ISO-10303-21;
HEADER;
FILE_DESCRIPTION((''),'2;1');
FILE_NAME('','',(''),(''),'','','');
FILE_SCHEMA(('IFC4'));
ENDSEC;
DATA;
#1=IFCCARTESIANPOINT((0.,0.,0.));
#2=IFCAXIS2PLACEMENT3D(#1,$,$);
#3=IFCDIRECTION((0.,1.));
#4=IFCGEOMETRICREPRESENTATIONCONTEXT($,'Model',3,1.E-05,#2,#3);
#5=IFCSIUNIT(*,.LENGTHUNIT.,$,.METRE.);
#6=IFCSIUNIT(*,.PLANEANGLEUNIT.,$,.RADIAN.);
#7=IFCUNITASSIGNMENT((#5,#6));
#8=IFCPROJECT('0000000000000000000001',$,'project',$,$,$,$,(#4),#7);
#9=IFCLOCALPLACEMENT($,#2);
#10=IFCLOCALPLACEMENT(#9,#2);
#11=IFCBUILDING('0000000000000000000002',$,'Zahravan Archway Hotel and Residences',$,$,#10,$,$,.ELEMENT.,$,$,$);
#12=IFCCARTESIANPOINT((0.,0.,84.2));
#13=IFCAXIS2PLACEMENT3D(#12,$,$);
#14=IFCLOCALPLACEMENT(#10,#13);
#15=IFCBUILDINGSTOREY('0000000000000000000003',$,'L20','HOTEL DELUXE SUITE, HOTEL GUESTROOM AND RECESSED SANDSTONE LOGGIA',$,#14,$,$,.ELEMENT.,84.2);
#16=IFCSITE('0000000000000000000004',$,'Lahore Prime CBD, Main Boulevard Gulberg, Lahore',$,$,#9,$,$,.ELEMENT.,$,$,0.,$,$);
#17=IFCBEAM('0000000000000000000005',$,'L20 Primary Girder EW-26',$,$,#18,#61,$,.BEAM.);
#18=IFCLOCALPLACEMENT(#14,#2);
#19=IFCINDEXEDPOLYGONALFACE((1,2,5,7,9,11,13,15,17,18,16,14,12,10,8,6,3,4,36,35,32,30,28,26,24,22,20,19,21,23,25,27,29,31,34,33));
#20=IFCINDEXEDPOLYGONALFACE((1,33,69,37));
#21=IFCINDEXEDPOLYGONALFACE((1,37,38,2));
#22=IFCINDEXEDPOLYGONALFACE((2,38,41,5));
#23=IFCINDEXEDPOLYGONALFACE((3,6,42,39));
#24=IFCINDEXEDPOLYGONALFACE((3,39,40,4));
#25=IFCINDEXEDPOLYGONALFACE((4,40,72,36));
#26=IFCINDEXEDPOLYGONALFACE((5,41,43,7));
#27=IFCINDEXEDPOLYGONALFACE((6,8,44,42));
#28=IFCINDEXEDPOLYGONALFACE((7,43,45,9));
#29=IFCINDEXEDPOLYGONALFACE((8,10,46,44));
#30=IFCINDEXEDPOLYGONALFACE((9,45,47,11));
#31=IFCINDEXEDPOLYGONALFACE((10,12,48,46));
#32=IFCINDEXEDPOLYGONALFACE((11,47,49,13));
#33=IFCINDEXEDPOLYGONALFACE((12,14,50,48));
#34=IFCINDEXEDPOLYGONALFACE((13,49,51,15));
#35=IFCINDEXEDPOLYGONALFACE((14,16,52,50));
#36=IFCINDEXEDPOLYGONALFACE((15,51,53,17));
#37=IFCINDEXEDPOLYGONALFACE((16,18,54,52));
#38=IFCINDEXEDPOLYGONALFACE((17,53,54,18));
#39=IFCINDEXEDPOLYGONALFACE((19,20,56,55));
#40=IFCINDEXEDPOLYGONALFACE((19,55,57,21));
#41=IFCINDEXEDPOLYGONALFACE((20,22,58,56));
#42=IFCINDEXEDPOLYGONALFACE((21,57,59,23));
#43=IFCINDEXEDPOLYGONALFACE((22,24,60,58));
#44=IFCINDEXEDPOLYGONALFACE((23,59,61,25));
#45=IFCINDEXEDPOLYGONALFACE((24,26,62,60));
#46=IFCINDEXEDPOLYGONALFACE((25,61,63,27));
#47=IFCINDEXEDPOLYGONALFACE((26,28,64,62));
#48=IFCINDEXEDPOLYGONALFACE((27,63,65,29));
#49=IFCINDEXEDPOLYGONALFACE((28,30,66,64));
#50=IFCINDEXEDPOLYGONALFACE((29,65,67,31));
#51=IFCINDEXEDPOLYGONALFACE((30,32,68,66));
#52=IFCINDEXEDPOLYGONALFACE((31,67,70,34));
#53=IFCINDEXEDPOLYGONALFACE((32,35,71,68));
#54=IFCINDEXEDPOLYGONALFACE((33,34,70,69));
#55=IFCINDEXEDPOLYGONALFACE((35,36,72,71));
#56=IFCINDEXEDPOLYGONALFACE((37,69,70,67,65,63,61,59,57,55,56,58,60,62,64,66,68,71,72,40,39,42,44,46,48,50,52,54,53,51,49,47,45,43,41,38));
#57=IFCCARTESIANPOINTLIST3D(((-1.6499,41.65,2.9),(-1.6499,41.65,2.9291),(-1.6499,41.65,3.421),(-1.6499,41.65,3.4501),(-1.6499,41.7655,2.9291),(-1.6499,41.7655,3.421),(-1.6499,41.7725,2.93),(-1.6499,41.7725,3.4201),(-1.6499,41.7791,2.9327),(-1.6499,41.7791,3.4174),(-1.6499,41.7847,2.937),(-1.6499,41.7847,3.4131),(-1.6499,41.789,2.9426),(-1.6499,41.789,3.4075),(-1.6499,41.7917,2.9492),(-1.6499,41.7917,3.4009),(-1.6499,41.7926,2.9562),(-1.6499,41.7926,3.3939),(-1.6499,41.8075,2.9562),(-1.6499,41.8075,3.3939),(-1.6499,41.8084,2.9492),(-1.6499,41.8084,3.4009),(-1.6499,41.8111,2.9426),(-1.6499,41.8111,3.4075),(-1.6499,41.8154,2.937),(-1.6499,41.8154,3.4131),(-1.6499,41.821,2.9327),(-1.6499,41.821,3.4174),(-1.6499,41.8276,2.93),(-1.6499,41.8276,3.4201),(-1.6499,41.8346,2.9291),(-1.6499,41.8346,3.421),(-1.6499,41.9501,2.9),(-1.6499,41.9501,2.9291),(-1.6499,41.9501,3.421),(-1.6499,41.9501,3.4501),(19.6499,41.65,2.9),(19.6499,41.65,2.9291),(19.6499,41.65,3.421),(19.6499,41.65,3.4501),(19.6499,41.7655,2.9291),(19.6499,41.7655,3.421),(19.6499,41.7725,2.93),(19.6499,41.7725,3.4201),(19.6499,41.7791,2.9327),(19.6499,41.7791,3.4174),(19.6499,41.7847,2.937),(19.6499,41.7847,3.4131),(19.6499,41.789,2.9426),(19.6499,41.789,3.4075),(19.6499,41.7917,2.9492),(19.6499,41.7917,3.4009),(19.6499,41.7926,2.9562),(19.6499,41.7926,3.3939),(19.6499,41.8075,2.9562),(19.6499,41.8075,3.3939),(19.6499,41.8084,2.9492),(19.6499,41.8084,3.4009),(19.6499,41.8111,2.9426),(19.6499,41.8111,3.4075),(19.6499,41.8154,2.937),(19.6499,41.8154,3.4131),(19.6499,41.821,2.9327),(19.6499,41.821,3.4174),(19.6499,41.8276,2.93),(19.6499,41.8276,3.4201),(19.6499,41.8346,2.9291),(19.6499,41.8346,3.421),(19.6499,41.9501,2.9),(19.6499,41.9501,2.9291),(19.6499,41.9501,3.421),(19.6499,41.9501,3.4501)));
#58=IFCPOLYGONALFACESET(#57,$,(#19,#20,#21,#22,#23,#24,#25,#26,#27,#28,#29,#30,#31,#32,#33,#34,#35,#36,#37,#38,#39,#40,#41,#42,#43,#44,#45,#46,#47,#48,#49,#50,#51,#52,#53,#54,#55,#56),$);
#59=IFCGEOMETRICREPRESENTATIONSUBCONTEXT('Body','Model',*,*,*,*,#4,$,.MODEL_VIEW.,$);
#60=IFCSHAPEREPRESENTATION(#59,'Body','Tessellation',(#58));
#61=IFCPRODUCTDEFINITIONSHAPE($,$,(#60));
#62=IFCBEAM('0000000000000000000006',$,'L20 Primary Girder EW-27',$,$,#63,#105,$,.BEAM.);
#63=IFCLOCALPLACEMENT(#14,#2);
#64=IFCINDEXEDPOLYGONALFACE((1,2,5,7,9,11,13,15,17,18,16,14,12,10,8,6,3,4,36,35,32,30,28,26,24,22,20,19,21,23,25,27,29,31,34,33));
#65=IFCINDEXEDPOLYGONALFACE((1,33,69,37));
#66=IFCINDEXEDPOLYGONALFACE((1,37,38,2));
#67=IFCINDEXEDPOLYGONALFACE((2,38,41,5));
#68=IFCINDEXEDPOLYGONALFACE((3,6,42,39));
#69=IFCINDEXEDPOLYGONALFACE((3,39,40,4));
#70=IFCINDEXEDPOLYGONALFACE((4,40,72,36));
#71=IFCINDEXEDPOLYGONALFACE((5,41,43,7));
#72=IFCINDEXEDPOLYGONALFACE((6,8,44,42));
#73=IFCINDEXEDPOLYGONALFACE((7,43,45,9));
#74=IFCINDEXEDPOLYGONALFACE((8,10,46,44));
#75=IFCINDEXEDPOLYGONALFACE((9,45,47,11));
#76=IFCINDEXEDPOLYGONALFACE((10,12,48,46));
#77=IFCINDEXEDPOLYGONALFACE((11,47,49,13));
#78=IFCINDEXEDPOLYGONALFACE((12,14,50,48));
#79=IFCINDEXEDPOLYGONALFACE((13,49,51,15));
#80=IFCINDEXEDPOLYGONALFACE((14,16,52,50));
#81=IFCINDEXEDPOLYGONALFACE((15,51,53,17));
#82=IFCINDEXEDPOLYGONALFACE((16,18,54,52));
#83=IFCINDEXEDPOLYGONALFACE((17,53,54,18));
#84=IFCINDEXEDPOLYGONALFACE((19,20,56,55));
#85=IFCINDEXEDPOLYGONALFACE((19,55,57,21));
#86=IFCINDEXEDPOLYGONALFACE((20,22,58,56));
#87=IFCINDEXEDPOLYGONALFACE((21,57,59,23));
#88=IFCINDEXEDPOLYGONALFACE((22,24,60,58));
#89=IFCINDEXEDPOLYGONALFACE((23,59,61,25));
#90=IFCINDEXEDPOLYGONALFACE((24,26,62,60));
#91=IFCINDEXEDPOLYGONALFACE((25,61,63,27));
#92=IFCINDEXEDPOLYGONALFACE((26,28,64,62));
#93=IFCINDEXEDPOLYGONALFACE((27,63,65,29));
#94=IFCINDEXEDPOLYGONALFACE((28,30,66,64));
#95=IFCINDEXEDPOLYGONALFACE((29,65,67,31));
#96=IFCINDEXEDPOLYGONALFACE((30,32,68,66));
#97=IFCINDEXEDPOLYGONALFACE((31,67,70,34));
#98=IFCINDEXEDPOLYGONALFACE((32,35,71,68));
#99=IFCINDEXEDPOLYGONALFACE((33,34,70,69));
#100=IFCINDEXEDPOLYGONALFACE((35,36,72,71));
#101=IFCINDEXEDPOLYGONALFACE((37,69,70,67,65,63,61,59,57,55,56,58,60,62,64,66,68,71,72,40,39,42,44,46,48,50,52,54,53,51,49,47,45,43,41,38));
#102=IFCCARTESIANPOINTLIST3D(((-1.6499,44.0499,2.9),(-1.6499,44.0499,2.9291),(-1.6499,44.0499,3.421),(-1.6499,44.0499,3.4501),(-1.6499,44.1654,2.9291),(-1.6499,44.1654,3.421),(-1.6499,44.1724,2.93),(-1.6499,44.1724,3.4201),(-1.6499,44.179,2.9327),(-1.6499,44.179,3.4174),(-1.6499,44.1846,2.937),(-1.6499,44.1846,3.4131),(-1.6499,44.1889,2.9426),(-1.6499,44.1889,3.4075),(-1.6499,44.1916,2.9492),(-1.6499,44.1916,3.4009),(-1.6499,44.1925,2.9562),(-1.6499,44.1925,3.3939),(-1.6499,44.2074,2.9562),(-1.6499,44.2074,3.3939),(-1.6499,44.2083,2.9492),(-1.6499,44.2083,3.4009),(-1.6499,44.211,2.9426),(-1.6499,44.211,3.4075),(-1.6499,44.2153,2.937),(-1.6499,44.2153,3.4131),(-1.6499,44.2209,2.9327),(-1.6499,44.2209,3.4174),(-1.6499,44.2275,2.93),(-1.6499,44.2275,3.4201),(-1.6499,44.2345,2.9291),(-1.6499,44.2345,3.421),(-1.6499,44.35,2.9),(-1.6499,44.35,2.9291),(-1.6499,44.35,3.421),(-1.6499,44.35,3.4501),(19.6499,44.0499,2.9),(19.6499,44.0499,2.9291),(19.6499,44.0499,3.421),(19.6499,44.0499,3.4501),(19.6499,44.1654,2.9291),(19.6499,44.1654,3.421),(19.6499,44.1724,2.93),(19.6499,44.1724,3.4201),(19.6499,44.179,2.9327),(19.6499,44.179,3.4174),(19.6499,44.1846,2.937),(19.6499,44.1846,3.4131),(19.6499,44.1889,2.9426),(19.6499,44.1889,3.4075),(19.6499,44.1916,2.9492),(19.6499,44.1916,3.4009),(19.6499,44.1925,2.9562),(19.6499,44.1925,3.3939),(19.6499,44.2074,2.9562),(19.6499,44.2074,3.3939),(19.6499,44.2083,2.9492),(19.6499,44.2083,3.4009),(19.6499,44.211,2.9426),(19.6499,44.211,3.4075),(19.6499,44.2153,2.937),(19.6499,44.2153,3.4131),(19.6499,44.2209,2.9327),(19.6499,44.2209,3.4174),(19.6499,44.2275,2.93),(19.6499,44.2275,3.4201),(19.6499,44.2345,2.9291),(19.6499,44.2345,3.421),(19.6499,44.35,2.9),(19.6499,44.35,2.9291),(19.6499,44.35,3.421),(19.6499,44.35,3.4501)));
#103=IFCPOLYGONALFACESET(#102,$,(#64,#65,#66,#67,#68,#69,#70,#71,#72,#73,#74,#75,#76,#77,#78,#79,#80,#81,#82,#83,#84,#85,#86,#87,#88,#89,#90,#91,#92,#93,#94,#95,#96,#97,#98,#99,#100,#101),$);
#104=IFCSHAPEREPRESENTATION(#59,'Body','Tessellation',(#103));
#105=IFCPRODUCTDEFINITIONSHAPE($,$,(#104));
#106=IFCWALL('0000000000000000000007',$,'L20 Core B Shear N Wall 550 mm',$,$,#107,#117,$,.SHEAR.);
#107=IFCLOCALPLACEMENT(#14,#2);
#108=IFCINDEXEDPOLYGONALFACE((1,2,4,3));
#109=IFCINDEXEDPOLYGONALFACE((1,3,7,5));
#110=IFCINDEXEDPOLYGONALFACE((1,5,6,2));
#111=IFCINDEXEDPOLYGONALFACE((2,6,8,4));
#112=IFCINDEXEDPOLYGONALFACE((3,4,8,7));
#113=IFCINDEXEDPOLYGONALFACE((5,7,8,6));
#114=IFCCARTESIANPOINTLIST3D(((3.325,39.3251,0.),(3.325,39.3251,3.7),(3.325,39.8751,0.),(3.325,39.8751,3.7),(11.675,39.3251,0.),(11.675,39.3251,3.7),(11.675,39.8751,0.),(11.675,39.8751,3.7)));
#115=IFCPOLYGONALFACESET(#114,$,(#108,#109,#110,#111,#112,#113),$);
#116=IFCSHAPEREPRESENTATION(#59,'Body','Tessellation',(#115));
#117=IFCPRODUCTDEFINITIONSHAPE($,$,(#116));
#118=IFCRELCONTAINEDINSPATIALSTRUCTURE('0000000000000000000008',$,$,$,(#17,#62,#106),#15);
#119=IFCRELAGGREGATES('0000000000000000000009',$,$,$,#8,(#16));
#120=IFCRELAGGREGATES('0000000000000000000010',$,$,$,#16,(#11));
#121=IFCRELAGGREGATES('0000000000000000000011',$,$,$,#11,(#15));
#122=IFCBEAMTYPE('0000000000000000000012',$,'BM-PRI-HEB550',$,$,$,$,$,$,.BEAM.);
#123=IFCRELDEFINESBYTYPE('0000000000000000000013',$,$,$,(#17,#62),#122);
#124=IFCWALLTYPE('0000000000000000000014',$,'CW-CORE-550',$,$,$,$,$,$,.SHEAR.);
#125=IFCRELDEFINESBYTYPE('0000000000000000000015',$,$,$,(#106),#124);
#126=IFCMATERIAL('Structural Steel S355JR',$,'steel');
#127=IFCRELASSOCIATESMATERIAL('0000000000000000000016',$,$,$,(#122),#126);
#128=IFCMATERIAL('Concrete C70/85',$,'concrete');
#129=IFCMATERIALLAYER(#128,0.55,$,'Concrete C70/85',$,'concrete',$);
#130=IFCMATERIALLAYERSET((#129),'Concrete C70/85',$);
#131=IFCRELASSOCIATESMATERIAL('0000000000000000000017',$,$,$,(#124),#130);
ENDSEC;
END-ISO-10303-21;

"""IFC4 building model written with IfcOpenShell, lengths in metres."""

from ifc_helpers import new_model, si_unit, direction, frame, frame_2d, origin, origin_2d, place, context, subcontext, project, spatial, rectangle, i_section, extrude, source, transform, mapped, material, layer, layer_set, material_profile, profile_set, type_object, element, save


model = new_model("IFC4")

# Units and contexts
model_context = context("Model", 3, precision=1e-05, world=origin(), true_north=direction((0.0, 1.0)))
body_context = subcontext(model_context, "Body", "Model", "MODEL_VIEW")
ifc_project = project(units=[si_unit("LENGTHUNIT", "METRE"), si_unit("PLANEANGLEUNIT", "RADIAN")], contexts=[model_context])

# Site, building, storey
site_placement = place(None, origin())
site = spatial("IfcSite", under=ifc_project, at=site_placement, Name="Lahore Prime CBD, Main Boulevard Gulberg, Lahore", CompositionType="ELEMENT", RefElevation=0.0)
building_placement = place(site_placement, origin())
building = spatial("IfcBuilding", under=site, at=building_placement, Name="Zahravan Archway Hotel and Residences", CompositionType="ELEMENT")
storey_placement = place(building_placement, frame((0.0, 0.0, 84.2)))
storey = spatial("IfcBuildingStorey", under=building, at=storey_placement, Name="L20", Description="HOTEL DELUXE SUITE, HOTEL GUESTROOM AND RECESSED SANDSTONE LOGGIA", CompositionType="ELEMENT", Elevation=84.2)

# Shared definitions
ifc_material_1 = material(Name="Concrete C70/85", Category="concrete")

# Beams
ifc_material_2 = material(Name="Structural Steel S355JR", Category="steel")
ifc_material_profile_1 = material_profile(ifc_material_2, i_section(OverallWidth=0.3, OverallDepth=0.55, WebThickness=0.0149, FlangeThickness=0.0291, FilletRadius=0.0271, at=origin_2d()), Name="HEB 550", Category="steel")
ifc_profile_set_1 = profile_set([ifc_material_profile_1], Name="Structural Steel S355JR")
beam_type_1 = type_object("IfcBeamType", Name="BM-PRI-HEB550", PredefinedType="BEAM", material=ifc_profile_set_1)
shared_shape_1 = source(origin(), body_context, "Body", "SweptSolid", [
    extrude(i_section(OverallWidth=0.3, OverallDepth=0.55, WebThickness=0.0149, FlangeThickness=0.0291, FilletRadius=0.0271, at=origin_2d()), origin(), (0.0, 0.0, 1.0), 21.2998),
])
for number, where, z_axis, x_axis, name in (
    (1, (-1.6499, 41.8, 3.175), (1.0, 0.0, 0.0), (0.0, 1.0, 0.0), "L20 Primary Girder EW-26"),
    (2, (-1.6499, 44.2, 3.175), (1.0, 0.0, 0.0), (0.0, 1.0, 0.0), "L20 Primary Girder EW-27"),
):
    element("IfcBeam", number, at=place(storey_placement, frame(where, z_axis=z_axis, x_axis=x_axis)), inside=storey, type_object=beam_type_1, Name=name, PredefinedType="BEAM", context=body_context, shape_type="MappedRepresentation", body=[
        mapped(shared_shape_1, transform((0.0, 0.0, 0.0), scale=1.0)),
    ])

# Wall
ifc_layer_1 = layer(ifc_material_1, 0.55, Name="Concrete C70/85", Category="concrete")
ifc_layer_set_1 = layer_set([ifc_layer_1], Name="Concrete C70/85")
wall_type_1 = type_object("IfcWallType", Name="CW-CORE-550", PredefinedType="SHEAR", material=ifc_layer_set_1)
wall_1_placement = place(storey_placement, frame((3.325, 39.6001, 0.0), z_axis=(0.0, 0.0, 1.0), x_axis=(1.0, 0.0, 0.0)))
element("IfcWall", 3, at=wall_1_placement, inside=storey, type_object=wall_type_1, Name="L20 Core B Shear N Wall 550 mm", PredefinedType="SHEAR", context=body_context, shape_type="SweptSolid", body=[
    extrude(rectangle(XDim=8.3501, YDim=0.55, at=frame_2d((4.175, 0.0))), origin(), (0.0, 0.0, 1.0), 3.7),
])

save(model, "model.ifc")
